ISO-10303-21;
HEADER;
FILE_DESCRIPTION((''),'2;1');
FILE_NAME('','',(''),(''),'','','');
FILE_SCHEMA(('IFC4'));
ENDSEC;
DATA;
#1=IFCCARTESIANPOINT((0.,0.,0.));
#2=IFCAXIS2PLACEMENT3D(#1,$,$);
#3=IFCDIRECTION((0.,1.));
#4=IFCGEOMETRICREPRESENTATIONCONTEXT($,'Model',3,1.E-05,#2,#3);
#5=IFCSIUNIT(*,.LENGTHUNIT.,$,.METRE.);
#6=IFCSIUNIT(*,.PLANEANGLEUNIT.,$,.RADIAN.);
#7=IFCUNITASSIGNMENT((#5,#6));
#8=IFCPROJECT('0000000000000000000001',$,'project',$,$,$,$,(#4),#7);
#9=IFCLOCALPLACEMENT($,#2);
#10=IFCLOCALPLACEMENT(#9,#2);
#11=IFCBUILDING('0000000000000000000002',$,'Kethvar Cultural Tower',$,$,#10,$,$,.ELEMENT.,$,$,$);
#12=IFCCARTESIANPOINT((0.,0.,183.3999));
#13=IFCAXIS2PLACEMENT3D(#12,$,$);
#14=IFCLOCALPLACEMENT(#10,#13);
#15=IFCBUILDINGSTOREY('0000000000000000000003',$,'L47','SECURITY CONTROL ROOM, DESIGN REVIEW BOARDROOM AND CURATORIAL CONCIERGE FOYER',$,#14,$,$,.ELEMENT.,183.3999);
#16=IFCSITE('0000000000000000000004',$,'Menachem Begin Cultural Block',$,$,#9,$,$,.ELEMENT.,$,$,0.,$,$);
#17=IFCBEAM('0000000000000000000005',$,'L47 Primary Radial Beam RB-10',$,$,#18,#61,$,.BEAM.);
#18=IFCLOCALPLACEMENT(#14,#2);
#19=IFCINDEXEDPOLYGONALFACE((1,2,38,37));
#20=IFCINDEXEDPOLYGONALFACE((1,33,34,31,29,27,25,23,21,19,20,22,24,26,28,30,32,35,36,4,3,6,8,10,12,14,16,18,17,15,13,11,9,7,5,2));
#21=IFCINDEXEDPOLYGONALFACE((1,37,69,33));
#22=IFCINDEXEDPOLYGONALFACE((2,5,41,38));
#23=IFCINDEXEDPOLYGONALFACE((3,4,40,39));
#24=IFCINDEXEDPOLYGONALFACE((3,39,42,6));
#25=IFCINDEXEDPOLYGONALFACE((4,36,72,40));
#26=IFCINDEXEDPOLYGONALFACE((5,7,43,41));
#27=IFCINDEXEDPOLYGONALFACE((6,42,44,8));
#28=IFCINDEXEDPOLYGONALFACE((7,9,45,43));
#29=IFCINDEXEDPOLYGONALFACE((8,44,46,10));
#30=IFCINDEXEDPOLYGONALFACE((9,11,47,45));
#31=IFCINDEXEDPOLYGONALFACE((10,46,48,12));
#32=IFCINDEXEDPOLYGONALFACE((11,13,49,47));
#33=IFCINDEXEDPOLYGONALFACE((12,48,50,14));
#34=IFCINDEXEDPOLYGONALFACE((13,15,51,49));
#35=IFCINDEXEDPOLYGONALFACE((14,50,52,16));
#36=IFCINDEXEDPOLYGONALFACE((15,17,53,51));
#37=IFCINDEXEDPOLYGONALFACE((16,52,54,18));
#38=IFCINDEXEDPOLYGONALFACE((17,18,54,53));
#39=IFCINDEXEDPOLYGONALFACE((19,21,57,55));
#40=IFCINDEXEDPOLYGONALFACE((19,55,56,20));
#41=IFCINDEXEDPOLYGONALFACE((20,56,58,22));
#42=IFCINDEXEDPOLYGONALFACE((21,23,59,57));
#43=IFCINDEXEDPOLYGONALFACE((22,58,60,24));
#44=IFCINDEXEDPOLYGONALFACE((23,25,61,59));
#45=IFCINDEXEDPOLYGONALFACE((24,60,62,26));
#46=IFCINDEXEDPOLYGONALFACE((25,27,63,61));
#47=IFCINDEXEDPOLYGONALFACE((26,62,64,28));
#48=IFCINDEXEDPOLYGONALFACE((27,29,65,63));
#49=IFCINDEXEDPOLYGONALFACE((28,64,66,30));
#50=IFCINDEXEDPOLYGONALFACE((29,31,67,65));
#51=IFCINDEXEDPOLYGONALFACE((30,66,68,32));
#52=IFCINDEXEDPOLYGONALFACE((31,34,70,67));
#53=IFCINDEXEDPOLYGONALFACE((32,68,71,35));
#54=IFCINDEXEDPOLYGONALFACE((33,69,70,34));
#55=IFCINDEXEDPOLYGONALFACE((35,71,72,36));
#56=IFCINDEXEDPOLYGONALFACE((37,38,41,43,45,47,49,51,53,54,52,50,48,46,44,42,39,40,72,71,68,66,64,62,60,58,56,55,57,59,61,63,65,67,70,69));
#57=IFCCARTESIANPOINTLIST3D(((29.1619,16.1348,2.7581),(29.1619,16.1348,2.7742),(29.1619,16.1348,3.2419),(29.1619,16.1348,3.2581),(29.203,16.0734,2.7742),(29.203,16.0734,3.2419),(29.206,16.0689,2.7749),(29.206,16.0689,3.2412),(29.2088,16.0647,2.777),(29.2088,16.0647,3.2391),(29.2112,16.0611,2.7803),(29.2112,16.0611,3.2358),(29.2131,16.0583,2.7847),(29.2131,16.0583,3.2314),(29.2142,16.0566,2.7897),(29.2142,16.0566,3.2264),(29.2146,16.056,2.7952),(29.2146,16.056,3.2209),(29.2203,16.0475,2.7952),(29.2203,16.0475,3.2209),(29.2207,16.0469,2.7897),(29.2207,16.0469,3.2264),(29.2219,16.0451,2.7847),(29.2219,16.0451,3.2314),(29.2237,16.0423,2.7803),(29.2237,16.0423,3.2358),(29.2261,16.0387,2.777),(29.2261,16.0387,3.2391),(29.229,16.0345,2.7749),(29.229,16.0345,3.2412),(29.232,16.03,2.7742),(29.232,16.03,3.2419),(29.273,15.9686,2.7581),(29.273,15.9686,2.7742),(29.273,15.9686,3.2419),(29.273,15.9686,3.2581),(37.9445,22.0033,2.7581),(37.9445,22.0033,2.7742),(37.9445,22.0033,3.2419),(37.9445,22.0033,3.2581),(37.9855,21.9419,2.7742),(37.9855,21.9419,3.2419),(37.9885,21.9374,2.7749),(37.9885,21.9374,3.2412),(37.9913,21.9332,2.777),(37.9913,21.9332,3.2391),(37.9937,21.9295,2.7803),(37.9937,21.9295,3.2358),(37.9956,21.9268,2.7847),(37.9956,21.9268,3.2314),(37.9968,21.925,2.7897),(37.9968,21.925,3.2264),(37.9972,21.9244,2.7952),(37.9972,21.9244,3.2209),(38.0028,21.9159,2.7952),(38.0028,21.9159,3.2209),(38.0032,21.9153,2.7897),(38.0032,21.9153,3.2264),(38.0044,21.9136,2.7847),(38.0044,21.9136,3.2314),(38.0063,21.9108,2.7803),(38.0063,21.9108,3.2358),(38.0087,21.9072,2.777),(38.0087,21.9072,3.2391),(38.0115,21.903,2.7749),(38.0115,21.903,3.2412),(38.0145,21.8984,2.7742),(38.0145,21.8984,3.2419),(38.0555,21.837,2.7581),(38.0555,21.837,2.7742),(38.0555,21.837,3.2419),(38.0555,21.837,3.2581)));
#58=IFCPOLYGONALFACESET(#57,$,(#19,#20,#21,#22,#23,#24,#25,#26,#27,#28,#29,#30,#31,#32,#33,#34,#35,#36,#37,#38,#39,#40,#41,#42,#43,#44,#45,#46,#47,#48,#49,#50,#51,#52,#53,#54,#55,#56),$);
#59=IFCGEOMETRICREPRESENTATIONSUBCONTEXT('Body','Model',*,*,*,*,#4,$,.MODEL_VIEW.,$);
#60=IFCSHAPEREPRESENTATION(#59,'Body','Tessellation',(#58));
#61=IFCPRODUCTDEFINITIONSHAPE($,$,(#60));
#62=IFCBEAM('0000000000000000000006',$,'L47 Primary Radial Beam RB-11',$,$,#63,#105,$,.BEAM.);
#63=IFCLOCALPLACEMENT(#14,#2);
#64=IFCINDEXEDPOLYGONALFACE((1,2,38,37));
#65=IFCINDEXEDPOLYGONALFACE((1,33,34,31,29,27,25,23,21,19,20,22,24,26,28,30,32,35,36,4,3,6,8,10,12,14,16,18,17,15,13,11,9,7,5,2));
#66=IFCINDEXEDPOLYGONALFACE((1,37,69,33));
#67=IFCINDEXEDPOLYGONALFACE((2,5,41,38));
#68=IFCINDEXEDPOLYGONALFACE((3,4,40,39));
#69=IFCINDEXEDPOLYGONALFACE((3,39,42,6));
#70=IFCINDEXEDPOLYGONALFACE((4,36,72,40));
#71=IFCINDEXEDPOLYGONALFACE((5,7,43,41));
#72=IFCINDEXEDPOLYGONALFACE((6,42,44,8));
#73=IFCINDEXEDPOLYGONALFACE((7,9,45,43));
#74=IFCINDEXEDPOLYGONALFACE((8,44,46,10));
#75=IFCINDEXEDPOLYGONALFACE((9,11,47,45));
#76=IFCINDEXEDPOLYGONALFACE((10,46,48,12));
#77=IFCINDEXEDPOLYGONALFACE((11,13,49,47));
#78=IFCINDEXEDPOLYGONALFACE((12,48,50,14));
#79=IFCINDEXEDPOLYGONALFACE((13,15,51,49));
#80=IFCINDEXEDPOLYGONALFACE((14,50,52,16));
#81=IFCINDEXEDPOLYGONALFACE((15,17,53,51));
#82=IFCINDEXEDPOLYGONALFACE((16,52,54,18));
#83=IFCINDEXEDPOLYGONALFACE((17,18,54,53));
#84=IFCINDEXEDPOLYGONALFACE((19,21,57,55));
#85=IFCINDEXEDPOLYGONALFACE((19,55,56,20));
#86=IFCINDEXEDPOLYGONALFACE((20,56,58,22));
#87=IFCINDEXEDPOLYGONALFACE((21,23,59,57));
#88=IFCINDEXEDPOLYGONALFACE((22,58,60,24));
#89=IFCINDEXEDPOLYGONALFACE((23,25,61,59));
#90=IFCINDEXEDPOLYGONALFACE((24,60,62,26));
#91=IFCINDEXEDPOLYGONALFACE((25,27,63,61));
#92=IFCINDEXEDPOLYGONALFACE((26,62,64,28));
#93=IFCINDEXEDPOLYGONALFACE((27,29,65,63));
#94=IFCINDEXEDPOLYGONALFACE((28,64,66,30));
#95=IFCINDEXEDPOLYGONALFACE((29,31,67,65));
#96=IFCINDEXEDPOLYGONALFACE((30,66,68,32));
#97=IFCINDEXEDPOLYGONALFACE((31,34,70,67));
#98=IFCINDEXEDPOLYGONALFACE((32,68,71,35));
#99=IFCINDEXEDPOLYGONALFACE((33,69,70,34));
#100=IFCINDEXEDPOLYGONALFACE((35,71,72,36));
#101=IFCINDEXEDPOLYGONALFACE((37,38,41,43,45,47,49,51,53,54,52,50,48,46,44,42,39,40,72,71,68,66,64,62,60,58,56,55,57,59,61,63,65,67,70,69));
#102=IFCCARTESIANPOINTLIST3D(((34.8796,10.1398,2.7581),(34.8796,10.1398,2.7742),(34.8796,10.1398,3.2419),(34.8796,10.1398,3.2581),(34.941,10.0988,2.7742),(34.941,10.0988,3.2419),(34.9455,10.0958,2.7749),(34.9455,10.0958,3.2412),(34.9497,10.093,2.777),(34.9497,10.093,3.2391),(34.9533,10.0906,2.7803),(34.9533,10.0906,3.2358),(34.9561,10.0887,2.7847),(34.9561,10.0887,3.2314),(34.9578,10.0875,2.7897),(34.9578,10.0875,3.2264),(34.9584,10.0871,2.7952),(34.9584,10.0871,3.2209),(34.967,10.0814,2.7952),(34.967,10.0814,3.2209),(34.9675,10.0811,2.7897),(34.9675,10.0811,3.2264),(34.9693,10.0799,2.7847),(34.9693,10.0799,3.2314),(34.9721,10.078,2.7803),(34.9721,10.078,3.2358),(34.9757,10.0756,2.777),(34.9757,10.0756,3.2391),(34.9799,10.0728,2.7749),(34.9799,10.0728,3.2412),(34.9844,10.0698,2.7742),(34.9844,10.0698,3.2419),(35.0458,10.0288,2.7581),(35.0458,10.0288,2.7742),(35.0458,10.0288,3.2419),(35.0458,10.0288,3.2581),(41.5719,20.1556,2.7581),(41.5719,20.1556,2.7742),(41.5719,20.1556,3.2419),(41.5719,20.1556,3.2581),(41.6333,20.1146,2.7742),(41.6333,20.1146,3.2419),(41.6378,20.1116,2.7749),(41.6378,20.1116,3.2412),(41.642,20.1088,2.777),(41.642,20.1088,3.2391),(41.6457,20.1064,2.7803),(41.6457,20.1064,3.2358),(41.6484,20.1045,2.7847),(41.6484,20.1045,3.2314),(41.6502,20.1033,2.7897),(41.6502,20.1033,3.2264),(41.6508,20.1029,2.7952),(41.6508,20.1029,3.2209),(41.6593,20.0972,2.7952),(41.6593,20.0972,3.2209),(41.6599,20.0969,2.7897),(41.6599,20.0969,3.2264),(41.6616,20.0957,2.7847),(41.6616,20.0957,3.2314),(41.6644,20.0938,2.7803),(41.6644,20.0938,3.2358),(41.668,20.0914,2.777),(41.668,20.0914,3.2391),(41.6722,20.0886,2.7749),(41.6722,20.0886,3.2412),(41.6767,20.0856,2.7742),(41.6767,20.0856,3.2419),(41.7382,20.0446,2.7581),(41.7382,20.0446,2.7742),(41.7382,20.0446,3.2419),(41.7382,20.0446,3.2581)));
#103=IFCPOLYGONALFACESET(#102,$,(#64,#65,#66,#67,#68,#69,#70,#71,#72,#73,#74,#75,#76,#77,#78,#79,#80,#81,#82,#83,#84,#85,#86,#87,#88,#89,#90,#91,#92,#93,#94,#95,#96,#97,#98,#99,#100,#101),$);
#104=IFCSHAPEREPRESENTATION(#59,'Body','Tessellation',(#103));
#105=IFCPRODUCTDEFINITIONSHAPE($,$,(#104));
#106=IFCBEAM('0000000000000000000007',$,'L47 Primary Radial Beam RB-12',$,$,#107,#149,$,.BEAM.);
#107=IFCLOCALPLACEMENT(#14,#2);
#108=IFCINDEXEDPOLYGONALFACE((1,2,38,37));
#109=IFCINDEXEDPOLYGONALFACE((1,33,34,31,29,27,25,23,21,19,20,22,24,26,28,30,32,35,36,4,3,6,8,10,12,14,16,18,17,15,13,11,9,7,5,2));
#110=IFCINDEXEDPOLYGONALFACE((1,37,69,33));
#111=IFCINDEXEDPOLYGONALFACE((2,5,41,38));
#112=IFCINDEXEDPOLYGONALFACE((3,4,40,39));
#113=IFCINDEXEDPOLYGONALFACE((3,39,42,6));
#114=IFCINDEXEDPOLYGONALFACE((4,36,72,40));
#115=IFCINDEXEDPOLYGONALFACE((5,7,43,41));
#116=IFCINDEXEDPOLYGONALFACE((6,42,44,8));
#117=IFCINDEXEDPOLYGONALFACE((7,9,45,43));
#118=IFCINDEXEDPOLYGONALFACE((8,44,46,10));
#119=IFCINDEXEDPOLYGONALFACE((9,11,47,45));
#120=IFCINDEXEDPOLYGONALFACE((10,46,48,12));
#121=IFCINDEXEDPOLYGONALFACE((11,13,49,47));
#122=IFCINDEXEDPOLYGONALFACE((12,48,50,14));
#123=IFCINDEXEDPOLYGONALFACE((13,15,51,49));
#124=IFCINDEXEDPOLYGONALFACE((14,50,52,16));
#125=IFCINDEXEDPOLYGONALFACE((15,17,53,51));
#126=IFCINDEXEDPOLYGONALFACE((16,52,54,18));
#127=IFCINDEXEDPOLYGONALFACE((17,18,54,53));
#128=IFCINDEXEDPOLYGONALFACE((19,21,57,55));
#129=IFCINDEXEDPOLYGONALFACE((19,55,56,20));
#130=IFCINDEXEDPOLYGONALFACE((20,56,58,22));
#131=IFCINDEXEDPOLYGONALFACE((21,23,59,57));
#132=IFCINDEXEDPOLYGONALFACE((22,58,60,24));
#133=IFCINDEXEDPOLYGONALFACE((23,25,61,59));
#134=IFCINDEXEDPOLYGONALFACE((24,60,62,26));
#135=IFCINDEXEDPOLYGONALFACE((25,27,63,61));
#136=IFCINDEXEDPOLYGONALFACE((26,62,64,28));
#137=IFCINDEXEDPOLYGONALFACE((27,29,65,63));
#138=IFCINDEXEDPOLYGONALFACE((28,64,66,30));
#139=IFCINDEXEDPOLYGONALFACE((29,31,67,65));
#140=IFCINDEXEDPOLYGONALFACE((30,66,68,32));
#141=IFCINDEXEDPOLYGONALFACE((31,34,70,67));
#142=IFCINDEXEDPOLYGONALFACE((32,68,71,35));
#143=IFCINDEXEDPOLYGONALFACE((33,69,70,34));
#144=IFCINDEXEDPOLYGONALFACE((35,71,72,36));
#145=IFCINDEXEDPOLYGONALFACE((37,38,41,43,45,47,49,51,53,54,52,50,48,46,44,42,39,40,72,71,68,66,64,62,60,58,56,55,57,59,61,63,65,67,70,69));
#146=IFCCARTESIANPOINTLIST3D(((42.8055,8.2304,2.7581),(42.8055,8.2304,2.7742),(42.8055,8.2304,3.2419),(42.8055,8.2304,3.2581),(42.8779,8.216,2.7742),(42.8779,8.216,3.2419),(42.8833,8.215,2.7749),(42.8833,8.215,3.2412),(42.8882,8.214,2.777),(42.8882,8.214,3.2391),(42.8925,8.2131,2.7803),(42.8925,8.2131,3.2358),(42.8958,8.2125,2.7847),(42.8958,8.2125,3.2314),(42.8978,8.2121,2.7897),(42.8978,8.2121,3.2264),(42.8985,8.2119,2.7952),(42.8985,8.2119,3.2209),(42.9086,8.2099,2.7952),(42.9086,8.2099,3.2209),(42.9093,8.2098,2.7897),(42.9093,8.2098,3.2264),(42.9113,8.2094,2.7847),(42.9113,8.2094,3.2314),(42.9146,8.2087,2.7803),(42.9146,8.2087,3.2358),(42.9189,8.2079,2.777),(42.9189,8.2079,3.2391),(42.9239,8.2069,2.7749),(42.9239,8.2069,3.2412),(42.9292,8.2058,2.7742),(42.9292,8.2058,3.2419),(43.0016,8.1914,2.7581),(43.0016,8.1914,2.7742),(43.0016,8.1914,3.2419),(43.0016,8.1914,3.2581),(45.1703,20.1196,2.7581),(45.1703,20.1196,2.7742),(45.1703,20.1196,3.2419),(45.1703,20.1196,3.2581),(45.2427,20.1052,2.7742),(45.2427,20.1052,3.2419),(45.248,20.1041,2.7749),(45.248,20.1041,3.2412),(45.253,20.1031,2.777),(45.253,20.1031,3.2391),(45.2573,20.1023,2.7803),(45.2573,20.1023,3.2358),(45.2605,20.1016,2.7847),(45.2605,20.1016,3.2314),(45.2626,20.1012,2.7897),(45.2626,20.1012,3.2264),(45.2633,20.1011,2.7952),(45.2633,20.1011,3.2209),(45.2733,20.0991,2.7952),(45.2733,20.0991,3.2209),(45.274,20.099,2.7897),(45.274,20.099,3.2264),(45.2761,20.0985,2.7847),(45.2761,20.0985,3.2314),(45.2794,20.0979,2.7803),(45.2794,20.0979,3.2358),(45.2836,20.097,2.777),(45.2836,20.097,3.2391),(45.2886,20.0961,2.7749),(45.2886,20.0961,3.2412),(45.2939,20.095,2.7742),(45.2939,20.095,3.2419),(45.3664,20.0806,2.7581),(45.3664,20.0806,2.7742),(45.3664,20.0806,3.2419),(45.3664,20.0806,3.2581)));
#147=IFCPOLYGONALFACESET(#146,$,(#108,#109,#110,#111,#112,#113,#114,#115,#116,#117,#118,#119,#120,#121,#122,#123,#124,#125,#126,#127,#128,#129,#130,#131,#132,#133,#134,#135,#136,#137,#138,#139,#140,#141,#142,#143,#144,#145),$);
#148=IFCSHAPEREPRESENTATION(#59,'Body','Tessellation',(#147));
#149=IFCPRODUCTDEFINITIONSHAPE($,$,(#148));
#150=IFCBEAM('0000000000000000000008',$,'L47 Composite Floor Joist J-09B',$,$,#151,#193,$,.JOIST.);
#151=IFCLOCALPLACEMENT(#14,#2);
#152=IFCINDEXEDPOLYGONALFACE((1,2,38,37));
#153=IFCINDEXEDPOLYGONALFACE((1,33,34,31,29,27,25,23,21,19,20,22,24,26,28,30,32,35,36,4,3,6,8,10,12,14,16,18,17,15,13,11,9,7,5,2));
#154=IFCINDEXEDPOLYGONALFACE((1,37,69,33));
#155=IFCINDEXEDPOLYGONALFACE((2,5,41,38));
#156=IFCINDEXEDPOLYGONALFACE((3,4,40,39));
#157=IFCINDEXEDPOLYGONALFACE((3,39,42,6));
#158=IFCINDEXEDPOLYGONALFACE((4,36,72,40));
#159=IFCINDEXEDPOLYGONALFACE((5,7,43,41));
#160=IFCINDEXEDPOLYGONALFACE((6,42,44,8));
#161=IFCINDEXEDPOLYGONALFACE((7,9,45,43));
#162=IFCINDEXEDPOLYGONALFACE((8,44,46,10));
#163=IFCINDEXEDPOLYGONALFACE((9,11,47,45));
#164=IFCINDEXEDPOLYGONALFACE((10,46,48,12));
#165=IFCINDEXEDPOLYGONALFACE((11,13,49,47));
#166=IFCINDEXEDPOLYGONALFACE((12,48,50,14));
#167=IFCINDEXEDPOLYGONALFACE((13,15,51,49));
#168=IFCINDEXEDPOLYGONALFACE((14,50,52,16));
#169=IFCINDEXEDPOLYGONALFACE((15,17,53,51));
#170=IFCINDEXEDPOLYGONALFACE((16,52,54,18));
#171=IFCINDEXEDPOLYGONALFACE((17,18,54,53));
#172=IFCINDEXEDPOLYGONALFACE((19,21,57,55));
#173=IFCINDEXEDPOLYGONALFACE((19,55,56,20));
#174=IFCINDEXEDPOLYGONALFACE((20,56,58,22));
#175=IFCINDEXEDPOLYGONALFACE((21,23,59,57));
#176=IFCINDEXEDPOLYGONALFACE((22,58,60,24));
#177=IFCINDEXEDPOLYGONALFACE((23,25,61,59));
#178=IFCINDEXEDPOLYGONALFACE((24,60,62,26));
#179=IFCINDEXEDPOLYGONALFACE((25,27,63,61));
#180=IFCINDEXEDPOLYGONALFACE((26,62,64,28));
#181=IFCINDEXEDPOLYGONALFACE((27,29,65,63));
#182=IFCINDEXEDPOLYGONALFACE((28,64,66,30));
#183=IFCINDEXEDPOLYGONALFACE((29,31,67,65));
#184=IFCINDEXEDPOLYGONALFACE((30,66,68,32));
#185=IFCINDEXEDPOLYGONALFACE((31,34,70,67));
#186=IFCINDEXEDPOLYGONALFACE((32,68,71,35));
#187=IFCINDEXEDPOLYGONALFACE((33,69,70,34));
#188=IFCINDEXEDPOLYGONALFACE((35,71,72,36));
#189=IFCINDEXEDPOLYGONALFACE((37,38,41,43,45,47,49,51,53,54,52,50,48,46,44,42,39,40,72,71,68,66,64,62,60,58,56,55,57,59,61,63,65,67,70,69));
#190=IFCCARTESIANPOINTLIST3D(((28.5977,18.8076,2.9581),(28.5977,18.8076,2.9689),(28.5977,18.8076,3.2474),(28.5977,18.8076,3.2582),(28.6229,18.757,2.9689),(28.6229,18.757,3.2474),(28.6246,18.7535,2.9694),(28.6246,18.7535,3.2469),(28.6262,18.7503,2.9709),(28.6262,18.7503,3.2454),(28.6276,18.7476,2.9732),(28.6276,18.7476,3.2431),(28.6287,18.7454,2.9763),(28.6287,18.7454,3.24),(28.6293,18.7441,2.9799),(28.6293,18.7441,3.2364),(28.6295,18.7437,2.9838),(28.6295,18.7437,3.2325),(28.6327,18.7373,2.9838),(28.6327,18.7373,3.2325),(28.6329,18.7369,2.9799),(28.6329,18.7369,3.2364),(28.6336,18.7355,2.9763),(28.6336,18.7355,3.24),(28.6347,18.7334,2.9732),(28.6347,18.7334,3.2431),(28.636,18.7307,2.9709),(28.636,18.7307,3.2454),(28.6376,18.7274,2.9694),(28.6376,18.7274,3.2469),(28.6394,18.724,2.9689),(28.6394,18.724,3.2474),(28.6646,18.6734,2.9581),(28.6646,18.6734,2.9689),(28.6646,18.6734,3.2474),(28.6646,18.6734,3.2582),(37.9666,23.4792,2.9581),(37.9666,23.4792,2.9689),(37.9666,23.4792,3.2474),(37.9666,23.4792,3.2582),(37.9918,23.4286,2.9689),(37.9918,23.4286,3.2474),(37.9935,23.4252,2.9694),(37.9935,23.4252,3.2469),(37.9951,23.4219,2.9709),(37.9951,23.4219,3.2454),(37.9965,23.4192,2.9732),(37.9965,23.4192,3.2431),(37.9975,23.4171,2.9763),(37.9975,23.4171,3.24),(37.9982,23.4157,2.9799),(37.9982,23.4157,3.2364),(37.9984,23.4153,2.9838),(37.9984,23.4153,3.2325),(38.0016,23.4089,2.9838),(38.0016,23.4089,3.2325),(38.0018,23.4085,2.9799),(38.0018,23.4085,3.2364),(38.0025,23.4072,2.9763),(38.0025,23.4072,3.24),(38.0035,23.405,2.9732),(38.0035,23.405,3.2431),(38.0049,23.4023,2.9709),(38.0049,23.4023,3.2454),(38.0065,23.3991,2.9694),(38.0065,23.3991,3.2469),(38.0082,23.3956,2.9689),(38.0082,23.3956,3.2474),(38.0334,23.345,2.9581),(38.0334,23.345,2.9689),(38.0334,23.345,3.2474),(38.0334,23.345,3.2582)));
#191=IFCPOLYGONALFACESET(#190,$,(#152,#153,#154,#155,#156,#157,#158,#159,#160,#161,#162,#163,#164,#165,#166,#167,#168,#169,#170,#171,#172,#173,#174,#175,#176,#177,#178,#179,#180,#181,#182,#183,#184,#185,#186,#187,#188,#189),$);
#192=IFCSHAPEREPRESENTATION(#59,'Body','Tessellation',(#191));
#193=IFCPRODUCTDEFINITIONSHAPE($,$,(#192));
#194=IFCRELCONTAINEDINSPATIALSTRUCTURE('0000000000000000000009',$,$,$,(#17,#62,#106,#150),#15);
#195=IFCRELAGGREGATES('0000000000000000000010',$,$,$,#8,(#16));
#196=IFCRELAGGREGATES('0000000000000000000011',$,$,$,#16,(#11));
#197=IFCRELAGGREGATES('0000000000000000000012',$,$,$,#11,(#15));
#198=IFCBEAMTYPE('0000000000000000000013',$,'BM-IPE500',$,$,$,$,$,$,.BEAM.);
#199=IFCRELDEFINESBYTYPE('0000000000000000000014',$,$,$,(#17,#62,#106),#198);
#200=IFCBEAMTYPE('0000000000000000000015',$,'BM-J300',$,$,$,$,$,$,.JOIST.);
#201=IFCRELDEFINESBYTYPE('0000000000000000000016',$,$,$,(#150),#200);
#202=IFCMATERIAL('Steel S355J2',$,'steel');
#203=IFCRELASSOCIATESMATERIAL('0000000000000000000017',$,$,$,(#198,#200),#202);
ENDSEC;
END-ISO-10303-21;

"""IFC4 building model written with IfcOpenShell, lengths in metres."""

from ifc_helpers import new_model, si_unit, direction, frame, origin, origin_2d, place, context, subcontext, project, spatial, i_section, extrude, source, transform, mapped, material, material_profile, profile_set, type_object, element, save


model = new_model("IFC4")

# Units and contexts
model_context = context("Model", 3, precision=1e-05, world=origin(), true_north=direction((0.0, 1.0)))
body_context = subcontext(model_context, "Body", "Model", "MODEL_VIEW")
ifc_project = project(units=[si_unit("LENGTHUNIT", "METRE"), si_unit("PLANEANGLEUNIT", "RADIAN")], contexts=[model_context])

# Site, building, storey
site_placement = place(None, origin())
site = spatial("IfcSite", under=ifc_project, at=site_placement, Name="Menachem Begin Cultural Block", CompositionType="ELEMENT", RefElevation=0.0)
building_placement = place(site_placement, origin())
building = spatial("IfcBuilding", under=site, at=building_placement, Name="Kethvar Cultural Tower", CompositionType="ELEMENT")
storey_placement = place(building_placement, frame((0.0, 0.0, 183.3999)))
storey = spatial("IfcBuildingStorey", under=building, at=storey_placement, Name="L47", Description="SECURITY CONTROL ROOM, DESIGN REVIEW BOARDROOM AND CURATORIAL CONCIERGE FOYER", CompositionType="ELEMENT", Elevation=183.3999)

# Beams
ifc_material_1 = material(Name="Steel S355J2", Category="steel")
ifc_material_profile_1 = material_profile(ifc_material_1, i_section(OverallWidth=0.2, OverallDepth=0.5, WebThickness=0.0103, FlangeThickness=0.0161, FilletRadius=0.021, at=origin_2d()), Name="Steel S355J2 — IPE500")
ifc_profile_set_1 = profile_set([ifc_material_profile_1], Name="Steel S355J2 — IPE500")
beam_type_1 = type_object("IfcBeamType", Name="BM-IPE500", PredefinedType="BEAM", material=ifc_profile_set_1)
shared_shape_1 = source(origin(), body_context, "Body", "SweptSolid", [
    extrude(i_section(OverallWidth=0.2, OverallDepth=0.5, WebThickness=0.0103, FlangeThickness=0.0161, FilletRadius=0.021, at=origin_2d()), origin(), (0.0, 0.0, 1.0), 10.5627),
])
beam_1_placement = place(storey_placement, frame((38.0, 21.9202, 3.0081), z_axis=(-0.831463, -0.55558, 0.0), x_axis=(0.55558, -0.831463, 0.0)))
element("IfcBeam", 1, at=beam_1_placement, inside=storey, type_object=beam_type_1, Name="L47 Primary Radial Beam RB-10", PredefinedType="BEAM", context=body_context, shape_type="MappedRepresentation", body=[
    mapped(shared_shape_1, transform((0.0, 0.0, 0.0), scale=1.0)),
])
shared_shape_2 = source(origin(), body_context, "Body", "SweptSolid", [
    extrude(i_section(OverallWidth=0.2, OverallDepth=0.5, WebThickness=0.0103, FlangeThickness=0.0161, FilletRadius=0.021, at=origin_2d()), origin(), (0.0, 0.0, 1.0), 12.0459),
])
beam_2_placement = place(storey_placement, frame((41.655, 20.1001, 3.0081), z_axis=(-0.55557, -0.83147, 0.0), x_axis=(0.83147, -0.55557, 0.0)))
element("IfcBeam", 2, at=beam_2_placement, inside=storey, type_object=beam_type_1, Name="L47 Primary Radial Beam RB-11", PredefinedType="BEAM", context=body_context, shape_type="MappedRepresentation", body=[
    mapped(shared_shape_2, transform((0.0, 0.0, 0.0), scale=1.0)),
])
shared_shape_3 = source(origin(), body_context, "Body", "SweptSolid", [
    extrude(i_section(OverallWidth=0.2, OverallDepth=0.5, WebThickness=0.0103, FlangeThickness=0.0161, FilletRadius=0.021, at=origin_2d()), origin(), (0.0, 0.0, 1.0), 12.1221),
])
beam_3_placement = place(storey_placement, frame((45.2683, 20.1001, 3.0081), z_axis=(-0.195078, -0.980788, 0.0), x_axis=(0.980788, -0.195078, 0.0)))
element("IfcBeam", 3, at=beam_3_placement, inside=storey, type_object=beam_type_1, Name="L47 Primary Radial Beam RB-12", PredefinedType="BEAM", context=body_context, shape_type="MappedRepresentation", body=[
    mapped(shared_shape_3, transform((0.0, 0.0, 0.0), scale=1.0)),
])
ifc_material_profile_2 = material_profile(ifc_material_1, i_section(OverallWidth=0.1499, OverallDepth=0.3, WebThickness=0.0071, FlangeThickness=0.0107, FilletRadius=0.0149, at=origin_2d()), Name="Steel S355J2 — IPE300")
ifc_profile_set_2 = profile_set([ifc_material_profile_2], Name="Steel S355J2 — IPE300")
beam_type_2 = type_object("IfcBeamType", Name="BM-J300", PredefinedType="JOIST", material=ifc_profile_set_2)
shared_shape_4 = source(origin(), body_context, "Body", "SweptSolid", [
    extrude(i_section(OverallWidth=0.1499, OverallDepth=0.3, WebThickness=0.0071, FlangeThickness=0.0107, FilletRadius=0.0149, at=origin_2d()), origin(), (0.0, 0.0, 1.0), 10.469),
])
beam_4_placement = place(storey_placement, frame((38.0, 23.4121, 3.1082), z_axis=(-0.894916, -0.446234, 0.0), x_axis=(0.446234, -0.894916, 0.0)))
element("IfcBeam", 4, at=beam_4_placement, inside=storey, type_object=beam_type_2, Name="L47 Composite Floor Joist J-09B", PredefinedType="JOIST", context=body_context, shape_type="MappedRepresentation", body=[
    mapped(shared_shape_4, transform((0.0, 0.0, 0.0), scale=1.0)),
])

save(model, "model.ifc")
